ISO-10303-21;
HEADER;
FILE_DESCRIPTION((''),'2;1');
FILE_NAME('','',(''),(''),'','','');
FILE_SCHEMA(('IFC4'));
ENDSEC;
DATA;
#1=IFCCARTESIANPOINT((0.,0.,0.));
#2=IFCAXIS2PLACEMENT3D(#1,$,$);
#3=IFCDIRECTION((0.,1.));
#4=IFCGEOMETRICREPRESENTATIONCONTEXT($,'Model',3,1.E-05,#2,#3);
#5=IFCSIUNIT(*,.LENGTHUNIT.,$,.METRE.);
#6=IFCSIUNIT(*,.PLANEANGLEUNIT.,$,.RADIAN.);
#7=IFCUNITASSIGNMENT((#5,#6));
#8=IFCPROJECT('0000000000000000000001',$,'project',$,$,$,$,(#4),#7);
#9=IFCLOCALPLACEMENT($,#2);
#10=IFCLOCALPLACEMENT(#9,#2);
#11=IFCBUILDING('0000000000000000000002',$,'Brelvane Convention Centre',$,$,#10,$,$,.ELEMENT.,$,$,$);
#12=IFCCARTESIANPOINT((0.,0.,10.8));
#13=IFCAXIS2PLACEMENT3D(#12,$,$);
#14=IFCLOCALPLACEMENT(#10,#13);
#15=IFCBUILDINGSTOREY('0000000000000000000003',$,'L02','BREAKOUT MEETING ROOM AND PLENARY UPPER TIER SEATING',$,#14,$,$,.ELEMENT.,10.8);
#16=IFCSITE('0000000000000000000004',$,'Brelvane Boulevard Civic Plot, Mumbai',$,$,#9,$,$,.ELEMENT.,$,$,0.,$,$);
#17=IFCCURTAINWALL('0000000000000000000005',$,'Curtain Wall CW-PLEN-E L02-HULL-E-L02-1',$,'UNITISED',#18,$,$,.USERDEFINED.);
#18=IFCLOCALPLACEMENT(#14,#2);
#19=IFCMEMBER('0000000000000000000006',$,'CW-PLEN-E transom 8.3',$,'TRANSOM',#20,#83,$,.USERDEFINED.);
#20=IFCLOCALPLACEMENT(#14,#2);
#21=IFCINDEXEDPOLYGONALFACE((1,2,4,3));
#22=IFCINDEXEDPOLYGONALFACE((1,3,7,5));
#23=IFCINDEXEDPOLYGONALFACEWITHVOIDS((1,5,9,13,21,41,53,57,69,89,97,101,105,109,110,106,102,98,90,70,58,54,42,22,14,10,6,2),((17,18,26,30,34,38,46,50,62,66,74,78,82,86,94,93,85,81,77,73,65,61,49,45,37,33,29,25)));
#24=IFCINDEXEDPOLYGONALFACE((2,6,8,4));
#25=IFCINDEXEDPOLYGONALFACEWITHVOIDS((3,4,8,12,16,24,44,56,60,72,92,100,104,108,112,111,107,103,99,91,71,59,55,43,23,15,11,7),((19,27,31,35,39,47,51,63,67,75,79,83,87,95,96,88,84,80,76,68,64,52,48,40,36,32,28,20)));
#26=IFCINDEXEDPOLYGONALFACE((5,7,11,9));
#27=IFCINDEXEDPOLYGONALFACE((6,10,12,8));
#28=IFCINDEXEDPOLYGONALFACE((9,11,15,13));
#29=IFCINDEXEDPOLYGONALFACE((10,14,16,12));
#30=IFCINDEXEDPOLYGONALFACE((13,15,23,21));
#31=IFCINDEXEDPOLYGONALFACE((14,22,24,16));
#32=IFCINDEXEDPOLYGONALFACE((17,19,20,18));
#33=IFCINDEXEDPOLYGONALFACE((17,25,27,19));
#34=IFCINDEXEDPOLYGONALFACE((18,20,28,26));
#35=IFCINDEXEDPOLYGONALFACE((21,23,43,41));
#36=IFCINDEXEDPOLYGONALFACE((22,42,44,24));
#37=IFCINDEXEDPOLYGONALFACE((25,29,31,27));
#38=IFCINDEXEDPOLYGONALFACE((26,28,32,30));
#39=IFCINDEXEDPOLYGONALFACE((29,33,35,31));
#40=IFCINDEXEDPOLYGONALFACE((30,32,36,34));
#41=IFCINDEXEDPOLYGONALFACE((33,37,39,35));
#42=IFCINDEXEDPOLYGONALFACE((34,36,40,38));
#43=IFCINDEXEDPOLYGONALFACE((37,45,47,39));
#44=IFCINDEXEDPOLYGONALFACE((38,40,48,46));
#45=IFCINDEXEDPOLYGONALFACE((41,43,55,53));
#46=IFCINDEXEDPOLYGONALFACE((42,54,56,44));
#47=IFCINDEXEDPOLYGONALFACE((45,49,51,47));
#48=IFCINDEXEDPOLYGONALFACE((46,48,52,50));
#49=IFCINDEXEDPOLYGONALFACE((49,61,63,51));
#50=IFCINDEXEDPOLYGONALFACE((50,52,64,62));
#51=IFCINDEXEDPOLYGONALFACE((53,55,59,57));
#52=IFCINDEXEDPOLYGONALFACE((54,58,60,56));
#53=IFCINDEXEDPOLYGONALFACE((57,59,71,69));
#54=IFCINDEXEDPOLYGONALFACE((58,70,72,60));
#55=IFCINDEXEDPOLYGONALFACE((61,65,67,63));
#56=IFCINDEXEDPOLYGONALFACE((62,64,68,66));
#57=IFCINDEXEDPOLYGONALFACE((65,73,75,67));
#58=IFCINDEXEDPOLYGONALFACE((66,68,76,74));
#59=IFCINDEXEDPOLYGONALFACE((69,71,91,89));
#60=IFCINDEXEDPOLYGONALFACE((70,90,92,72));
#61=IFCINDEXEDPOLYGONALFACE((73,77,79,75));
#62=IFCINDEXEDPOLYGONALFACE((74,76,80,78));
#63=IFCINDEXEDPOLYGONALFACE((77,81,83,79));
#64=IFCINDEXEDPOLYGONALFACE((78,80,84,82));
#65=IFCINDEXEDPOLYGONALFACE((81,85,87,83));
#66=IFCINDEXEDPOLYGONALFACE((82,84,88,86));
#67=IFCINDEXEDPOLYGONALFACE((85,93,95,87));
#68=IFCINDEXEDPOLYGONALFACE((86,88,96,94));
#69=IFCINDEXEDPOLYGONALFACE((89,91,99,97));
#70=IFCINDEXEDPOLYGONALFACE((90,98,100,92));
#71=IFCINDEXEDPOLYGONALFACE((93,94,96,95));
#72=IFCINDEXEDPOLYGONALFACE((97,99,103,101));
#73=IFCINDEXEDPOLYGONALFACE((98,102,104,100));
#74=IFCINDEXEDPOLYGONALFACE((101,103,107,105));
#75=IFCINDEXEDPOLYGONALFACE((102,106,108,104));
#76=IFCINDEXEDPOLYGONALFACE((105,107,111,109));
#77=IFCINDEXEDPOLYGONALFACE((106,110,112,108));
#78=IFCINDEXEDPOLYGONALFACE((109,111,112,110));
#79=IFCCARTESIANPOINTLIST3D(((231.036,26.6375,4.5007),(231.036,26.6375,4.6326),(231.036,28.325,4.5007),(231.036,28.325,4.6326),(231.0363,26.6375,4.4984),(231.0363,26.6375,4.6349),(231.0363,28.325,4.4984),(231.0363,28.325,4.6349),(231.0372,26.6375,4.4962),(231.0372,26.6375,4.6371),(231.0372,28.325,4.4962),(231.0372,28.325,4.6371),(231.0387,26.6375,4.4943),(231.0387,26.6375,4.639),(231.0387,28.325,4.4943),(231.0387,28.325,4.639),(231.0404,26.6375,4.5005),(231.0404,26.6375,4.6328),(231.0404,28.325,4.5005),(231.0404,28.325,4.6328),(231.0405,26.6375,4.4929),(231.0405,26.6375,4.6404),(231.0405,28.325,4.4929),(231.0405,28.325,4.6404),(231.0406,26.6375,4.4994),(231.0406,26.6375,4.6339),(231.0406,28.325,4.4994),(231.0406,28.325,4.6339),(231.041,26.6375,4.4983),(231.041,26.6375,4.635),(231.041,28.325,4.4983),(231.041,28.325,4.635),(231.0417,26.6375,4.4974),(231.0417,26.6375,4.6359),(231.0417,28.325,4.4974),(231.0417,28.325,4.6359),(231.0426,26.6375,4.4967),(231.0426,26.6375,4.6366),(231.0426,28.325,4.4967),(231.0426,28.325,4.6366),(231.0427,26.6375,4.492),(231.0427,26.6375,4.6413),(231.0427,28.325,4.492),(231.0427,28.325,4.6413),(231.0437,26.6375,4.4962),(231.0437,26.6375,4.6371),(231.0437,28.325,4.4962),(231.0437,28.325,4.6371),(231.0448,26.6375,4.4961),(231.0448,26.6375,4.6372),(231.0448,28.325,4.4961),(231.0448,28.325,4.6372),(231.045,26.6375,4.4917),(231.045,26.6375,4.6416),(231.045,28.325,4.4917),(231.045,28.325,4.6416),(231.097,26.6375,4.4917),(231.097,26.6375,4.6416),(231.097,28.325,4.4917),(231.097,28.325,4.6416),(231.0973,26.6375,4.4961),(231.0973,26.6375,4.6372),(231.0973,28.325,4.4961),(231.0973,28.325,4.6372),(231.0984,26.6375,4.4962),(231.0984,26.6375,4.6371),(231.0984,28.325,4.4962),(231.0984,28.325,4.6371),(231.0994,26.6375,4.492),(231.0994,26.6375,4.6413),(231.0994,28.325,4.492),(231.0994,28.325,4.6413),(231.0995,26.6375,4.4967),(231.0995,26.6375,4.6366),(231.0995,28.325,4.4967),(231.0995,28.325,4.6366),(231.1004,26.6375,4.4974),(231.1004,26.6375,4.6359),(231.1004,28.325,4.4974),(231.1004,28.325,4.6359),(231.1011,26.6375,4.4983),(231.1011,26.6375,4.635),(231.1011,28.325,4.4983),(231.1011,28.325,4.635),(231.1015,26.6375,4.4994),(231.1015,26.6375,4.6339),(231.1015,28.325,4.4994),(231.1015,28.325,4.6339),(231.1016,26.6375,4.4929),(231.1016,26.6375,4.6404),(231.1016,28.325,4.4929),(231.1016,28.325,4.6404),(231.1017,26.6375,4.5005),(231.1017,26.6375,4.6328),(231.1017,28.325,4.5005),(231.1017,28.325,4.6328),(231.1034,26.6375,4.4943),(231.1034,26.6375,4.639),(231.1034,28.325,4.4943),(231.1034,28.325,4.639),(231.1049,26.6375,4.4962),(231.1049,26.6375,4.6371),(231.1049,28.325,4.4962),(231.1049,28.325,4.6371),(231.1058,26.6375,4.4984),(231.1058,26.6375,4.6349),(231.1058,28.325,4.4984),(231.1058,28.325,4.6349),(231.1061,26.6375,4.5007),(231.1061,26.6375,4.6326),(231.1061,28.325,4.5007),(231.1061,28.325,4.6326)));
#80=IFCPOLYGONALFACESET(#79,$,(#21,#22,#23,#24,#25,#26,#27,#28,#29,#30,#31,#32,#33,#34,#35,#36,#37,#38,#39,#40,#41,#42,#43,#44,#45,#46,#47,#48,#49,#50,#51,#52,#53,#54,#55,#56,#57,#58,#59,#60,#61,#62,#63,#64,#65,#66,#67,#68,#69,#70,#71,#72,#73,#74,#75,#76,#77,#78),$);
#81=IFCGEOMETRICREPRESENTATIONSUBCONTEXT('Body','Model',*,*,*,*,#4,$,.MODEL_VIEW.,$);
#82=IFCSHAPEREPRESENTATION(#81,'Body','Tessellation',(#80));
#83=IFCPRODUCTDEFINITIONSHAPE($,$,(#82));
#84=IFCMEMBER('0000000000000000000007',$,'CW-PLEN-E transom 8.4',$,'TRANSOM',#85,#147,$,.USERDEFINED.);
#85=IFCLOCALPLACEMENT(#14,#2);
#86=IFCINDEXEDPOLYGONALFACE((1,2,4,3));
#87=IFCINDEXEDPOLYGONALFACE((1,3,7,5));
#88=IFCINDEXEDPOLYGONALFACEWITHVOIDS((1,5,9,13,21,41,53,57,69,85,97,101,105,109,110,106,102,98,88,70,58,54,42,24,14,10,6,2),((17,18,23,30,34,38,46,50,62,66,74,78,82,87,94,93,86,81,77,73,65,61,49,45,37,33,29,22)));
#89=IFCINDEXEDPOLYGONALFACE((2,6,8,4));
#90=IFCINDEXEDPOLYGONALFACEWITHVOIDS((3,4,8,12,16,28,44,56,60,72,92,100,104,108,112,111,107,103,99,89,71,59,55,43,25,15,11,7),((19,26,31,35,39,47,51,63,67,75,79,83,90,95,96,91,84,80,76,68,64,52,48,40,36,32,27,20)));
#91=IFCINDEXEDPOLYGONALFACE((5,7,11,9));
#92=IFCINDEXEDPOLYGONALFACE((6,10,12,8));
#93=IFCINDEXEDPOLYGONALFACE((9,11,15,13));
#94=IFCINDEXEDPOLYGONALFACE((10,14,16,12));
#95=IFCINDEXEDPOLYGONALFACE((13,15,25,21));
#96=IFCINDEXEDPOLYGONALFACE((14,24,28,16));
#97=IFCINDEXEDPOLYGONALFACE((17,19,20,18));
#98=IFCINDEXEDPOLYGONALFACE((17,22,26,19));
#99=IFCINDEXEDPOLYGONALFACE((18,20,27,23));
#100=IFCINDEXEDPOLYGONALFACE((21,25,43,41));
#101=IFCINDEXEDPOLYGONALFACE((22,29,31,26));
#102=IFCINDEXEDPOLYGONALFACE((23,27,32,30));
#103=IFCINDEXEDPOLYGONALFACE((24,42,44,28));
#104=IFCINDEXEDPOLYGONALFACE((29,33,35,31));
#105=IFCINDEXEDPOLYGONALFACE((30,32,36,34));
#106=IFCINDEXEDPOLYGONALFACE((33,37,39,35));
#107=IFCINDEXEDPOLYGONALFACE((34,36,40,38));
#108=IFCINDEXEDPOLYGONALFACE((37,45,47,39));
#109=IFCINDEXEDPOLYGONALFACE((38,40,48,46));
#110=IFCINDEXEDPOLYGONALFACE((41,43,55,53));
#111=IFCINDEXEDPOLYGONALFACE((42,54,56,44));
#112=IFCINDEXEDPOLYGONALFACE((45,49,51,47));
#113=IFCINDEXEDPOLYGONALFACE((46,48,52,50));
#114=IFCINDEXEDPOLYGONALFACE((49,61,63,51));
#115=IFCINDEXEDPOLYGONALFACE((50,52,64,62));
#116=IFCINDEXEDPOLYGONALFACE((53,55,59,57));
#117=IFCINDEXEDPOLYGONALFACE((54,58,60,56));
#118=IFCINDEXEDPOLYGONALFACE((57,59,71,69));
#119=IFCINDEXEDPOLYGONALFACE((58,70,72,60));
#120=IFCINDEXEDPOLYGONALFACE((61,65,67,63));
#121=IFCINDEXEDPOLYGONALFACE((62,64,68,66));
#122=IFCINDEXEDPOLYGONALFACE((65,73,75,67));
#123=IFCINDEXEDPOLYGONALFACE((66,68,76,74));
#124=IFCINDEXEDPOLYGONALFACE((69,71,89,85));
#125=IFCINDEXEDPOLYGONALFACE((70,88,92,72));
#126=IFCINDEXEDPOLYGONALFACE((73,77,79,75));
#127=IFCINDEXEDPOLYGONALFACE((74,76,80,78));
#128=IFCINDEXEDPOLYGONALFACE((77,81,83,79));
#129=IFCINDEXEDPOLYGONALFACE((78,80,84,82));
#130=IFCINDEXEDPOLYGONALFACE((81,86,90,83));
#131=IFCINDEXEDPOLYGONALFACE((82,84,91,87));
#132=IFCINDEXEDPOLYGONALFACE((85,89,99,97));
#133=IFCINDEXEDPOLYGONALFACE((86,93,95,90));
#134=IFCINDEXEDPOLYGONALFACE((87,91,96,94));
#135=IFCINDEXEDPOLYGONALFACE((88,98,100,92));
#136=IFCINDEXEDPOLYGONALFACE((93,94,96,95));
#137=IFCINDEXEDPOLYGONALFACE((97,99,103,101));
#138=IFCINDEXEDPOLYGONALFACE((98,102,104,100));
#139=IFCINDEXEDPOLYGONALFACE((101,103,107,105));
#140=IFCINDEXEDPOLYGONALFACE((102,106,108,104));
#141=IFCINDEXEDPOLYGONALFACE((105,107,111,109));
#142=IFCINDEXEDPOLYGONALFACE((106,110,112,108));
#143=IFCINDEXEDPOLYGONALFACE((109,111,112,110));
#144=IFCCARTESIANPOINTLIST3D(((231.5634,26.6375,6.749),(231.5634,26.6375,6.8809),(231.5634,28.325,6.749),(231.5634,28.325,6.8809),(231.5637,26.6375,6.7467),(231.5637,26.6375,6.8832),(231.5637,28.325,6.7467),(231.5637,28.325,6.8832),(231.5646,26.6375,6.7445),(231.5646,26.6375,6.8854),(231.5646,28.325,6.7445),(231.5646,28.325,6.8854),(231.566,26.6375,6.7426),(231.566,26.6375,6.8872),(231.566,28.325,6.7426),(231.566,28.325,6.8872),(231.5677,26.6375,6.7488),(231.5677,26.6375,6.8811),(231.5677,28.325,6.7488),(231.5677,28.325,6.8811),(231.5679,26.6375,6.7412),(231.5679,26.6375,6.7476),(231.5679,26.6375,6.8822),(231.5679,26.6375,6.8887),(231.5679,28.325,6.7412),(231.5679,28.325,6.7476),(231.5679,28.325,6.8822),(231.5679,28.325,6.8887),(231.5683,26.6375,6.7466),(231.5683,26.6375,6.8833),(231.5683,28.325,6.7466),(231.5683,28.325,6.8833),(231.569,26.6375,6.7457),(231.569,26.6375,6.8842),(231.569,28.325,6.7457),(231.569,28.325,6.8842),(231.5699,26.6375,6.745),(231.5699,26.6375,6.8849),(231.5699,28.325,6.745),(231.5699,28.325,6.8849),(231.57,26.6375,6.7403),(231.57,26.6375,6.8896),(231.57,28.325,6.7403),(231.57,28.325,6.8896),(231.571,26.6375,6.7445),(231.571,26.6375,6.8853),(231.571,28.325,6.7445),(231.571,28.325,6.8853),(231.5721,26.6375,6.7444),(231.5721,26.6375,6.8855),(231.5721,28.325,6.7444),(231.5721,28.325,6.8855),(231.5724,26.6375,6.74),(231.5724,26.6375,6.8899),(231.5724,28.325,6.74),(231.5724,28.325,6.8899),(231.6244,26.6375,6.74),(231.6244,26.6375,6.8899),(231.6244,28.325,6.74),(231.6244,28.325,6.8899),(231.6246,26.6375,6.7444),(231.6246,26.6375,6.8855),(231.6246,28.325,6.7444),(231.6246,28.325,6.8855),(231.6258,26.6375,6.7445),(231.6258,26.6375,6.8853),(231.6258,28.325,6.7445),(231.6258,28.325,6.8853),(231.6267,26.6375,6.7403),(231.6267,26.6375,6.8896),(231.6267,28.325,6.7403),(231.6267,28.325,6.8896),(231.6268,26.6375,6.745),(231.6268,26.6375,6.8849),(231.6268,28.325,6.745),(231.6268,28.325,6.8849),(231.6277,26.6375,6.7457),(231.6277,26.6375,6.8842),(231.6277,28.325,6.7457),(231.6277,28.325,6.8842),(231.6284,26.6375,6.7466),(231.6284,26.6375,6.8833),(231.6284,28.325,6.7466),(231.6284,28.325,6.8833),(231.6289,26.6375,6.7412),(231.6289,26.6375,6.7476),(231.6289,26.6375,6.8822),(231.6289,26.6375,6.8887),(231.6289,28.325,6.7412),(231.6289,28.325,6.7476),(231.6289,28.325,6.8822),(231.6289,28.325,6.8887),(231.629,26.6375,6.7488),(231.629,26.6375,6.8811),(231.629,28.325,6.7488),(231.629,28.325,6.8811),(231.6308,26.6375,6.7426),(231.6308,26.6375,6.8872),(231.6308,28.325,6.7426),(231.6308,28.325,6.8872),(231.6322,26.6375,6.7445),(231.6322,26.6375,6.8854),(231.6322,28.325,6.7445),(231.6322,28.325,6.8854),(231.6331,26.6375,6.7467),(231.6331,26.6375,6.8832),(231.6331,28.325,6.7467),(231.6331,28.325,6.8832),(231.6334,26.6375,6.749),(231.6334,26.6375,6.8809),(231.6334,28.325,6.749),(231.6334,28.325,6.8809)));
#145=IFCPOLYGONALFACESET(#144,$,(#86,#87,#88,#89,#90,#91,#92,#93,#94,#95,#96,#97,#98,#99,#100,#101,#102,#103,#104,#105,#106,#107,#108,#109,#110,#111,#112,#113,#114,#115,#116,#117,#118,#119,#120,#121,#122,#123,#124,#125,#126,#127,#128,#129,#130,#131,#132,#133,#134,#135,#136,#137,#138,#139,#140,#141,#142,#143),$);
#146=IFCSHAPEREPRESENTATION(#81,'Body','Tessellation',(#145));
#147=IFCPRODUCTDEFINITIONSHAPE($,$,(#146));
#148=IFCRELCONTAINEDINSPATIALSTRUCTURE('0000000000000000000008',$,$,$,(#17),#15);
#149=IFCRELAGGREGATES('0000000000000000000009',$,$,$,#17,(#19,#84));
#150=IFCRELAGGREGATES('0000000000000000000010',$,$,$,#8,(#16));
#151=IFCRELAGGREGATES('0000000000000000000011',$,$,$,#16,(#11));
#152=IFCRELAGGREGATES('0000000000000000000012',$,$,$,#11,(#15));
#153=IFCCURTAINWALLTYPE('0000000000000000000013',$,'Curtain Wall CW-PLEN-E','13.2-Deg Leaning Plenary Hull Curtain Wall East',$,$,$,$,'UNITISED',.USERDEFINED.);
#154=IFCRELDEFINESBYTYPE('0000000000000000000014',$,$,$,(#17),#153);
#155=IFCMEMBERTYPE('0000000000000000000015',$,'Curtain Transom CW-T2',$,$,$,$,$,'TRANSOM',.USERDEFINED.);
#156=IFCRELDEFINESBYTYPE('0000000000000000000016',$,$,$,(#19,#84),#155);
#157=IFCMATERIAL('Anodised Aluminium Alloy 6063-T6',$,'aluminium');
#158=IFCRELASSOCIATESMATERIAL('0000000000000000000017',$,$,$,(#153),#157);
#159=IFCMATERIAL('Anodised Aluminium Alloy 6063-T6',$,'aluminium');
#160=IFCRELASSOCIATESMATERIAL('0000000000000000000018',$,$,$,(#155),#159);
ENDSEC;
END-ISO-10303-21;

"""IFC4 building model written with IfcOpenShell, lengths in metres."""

from ifc_helpers import new_model, si_unit, direction, frame, origin, origin_2d, place, context, subcontext, project, spatial, hollow_rectangle, extrude, material, material_profile, profile_set, type_object, element, aggregate, save


model = new_model("IFC4")

# Units and contexts
model_context = context("Model", 3, precision=1e-05, world=origin(), true_north=direction((0.0, 1.0)))
body_context = subcontext(model_context, "Body", "Model", "MODEL_VIEW")
ifc_project = project(units=[si_unit("LENGTHUNIT", "METRE"), si_unit("PLANEANGLEUNIT", "RADIAN")], contexts=[model_context])

# Site, building, storey
site_placement = place(None, origin())
site = spatial("IfcSite", under=ifc_project, at=site_placement, Name="Brelvane Boulevard Civic Plot, Mumbai", CompositionType="ELEMENT", RefElevation=0.0)
building_placement = place(site_placement, origin())
building = spatial("IfcBuilding", under=site, at=building_placement, Name="Brelvane Convention Centre", CompositionType="ELEMENT")
storey_placement = place(building_placement, frame((0.0, 0.0, 10.8)))
storey = spatial("IfcBuildingStorey", under=building, at=storey_placement, Name="L02", Description="BREAKOUT MEETING ROOM AND PLENARY UPPER TIER SEATING", CompositionType="ELEMENT", Elevation=10.8)

# Curtain wall, members
ifc_material_1 = material(Name="Anodised Aluminium Alloy 6063-T6", Category="aluminium")
curtain_wall_type = type_object("IfcCurtainWallType", Name="Curtain Wall CW-PLEN-E", Description="13.2-Deg Leaning Plenary Hull Curtain Wall East", ElementType="UNITISED", PredefinedType="USERDEFINED", material=ifc_material_1)
curtain_wall_1_placement = place(storey_placement, origin())
curtain_wall_1 = element("IfcCurtainWall", 1, at=curtain_wall_1_placement, inside=storey, type_object=curtain_wall_type, Name="Curtain Wall CW-PLEN-E L02-HULL-E-L02-1", ObjectType="UNITISED", PredefinedType="USERDEFINED")
ifc_material_2 = material(Name="Anodised Aluminium Alloy 6063-T6", Category="aluminium")
ifc_material_profile = material_profile(ifc_material_2, hollow_rectangle(XDim=0.0701, YDim=0.1499, WallThickness=0.0044, InnerFilletRadius=0.0044, OuterFilletRadius=0.009, at=origin_2d()), Name="ALU-T 150x70x4.5")
ifc_profile_set = profile_set([ifc_material_profile], Name="Anodised Aluminium Alloy 6063-T6")
member_type = type_object("IfcMemberType", Name="Curtain Transom CW-T2", ElementType="TRANSOM", PredefinedType="USERDEFINED", material=ifc_profile_set)
member_1_placement = place(storey_placement, frame((231.071, 26.6375, 4.5667), z_axis=(0.0, 1.0, 0.0), x_axis=(-1.0, 0.0, 0.0)))
member_1 = element("IfcMember", 2, at=member_1_placement, type_object=member_type, Name="CW-PLEN-E transom 8.3", ObjectType="TRANSOM", PredefinedType="USERDEFINED", context=body_context, shape_type="SweptSolid", body=[
    extrude(hollow_rectangle(XDim=0.0701, YDim=0.1499, WallThickness=0.0044, InnerFilletRadius=0.0044, OuterFilletRadius=0.009, at=origin_2d()), origin(), (0.0, 0.0, 1.0), 1.6875),
])
member_2_placement = place(storey_placement, frame((231.5984, 26.6375, 6.8149), z_axis=(0.0, 1.0, 0.0), x_axis=(-1.0, 0.0, 0.0)))
member_2 = element("IfcMember", 3, at=member_2_placement, type_object=member_type, Name="CW-PLEN-E transom 8.4", ObjectType="TRANSOM", PredefinedType="USERDEFINED", context=body_context, shape_type="SweptSolid", body=[
    extrude(hollow_rectangle(XDim=0.0701, YDim=0.1499, WallThickness=0.0044, InnerFilletRadius=0.0044, OuterFilletRadius=0.009, at=origin_2d()), origin(), (0.0, 0.0, 1.0), 1.6875),
])

aggregate(curtain_wall_1, [member_1, member_2])

save(model, "model.ifc")
